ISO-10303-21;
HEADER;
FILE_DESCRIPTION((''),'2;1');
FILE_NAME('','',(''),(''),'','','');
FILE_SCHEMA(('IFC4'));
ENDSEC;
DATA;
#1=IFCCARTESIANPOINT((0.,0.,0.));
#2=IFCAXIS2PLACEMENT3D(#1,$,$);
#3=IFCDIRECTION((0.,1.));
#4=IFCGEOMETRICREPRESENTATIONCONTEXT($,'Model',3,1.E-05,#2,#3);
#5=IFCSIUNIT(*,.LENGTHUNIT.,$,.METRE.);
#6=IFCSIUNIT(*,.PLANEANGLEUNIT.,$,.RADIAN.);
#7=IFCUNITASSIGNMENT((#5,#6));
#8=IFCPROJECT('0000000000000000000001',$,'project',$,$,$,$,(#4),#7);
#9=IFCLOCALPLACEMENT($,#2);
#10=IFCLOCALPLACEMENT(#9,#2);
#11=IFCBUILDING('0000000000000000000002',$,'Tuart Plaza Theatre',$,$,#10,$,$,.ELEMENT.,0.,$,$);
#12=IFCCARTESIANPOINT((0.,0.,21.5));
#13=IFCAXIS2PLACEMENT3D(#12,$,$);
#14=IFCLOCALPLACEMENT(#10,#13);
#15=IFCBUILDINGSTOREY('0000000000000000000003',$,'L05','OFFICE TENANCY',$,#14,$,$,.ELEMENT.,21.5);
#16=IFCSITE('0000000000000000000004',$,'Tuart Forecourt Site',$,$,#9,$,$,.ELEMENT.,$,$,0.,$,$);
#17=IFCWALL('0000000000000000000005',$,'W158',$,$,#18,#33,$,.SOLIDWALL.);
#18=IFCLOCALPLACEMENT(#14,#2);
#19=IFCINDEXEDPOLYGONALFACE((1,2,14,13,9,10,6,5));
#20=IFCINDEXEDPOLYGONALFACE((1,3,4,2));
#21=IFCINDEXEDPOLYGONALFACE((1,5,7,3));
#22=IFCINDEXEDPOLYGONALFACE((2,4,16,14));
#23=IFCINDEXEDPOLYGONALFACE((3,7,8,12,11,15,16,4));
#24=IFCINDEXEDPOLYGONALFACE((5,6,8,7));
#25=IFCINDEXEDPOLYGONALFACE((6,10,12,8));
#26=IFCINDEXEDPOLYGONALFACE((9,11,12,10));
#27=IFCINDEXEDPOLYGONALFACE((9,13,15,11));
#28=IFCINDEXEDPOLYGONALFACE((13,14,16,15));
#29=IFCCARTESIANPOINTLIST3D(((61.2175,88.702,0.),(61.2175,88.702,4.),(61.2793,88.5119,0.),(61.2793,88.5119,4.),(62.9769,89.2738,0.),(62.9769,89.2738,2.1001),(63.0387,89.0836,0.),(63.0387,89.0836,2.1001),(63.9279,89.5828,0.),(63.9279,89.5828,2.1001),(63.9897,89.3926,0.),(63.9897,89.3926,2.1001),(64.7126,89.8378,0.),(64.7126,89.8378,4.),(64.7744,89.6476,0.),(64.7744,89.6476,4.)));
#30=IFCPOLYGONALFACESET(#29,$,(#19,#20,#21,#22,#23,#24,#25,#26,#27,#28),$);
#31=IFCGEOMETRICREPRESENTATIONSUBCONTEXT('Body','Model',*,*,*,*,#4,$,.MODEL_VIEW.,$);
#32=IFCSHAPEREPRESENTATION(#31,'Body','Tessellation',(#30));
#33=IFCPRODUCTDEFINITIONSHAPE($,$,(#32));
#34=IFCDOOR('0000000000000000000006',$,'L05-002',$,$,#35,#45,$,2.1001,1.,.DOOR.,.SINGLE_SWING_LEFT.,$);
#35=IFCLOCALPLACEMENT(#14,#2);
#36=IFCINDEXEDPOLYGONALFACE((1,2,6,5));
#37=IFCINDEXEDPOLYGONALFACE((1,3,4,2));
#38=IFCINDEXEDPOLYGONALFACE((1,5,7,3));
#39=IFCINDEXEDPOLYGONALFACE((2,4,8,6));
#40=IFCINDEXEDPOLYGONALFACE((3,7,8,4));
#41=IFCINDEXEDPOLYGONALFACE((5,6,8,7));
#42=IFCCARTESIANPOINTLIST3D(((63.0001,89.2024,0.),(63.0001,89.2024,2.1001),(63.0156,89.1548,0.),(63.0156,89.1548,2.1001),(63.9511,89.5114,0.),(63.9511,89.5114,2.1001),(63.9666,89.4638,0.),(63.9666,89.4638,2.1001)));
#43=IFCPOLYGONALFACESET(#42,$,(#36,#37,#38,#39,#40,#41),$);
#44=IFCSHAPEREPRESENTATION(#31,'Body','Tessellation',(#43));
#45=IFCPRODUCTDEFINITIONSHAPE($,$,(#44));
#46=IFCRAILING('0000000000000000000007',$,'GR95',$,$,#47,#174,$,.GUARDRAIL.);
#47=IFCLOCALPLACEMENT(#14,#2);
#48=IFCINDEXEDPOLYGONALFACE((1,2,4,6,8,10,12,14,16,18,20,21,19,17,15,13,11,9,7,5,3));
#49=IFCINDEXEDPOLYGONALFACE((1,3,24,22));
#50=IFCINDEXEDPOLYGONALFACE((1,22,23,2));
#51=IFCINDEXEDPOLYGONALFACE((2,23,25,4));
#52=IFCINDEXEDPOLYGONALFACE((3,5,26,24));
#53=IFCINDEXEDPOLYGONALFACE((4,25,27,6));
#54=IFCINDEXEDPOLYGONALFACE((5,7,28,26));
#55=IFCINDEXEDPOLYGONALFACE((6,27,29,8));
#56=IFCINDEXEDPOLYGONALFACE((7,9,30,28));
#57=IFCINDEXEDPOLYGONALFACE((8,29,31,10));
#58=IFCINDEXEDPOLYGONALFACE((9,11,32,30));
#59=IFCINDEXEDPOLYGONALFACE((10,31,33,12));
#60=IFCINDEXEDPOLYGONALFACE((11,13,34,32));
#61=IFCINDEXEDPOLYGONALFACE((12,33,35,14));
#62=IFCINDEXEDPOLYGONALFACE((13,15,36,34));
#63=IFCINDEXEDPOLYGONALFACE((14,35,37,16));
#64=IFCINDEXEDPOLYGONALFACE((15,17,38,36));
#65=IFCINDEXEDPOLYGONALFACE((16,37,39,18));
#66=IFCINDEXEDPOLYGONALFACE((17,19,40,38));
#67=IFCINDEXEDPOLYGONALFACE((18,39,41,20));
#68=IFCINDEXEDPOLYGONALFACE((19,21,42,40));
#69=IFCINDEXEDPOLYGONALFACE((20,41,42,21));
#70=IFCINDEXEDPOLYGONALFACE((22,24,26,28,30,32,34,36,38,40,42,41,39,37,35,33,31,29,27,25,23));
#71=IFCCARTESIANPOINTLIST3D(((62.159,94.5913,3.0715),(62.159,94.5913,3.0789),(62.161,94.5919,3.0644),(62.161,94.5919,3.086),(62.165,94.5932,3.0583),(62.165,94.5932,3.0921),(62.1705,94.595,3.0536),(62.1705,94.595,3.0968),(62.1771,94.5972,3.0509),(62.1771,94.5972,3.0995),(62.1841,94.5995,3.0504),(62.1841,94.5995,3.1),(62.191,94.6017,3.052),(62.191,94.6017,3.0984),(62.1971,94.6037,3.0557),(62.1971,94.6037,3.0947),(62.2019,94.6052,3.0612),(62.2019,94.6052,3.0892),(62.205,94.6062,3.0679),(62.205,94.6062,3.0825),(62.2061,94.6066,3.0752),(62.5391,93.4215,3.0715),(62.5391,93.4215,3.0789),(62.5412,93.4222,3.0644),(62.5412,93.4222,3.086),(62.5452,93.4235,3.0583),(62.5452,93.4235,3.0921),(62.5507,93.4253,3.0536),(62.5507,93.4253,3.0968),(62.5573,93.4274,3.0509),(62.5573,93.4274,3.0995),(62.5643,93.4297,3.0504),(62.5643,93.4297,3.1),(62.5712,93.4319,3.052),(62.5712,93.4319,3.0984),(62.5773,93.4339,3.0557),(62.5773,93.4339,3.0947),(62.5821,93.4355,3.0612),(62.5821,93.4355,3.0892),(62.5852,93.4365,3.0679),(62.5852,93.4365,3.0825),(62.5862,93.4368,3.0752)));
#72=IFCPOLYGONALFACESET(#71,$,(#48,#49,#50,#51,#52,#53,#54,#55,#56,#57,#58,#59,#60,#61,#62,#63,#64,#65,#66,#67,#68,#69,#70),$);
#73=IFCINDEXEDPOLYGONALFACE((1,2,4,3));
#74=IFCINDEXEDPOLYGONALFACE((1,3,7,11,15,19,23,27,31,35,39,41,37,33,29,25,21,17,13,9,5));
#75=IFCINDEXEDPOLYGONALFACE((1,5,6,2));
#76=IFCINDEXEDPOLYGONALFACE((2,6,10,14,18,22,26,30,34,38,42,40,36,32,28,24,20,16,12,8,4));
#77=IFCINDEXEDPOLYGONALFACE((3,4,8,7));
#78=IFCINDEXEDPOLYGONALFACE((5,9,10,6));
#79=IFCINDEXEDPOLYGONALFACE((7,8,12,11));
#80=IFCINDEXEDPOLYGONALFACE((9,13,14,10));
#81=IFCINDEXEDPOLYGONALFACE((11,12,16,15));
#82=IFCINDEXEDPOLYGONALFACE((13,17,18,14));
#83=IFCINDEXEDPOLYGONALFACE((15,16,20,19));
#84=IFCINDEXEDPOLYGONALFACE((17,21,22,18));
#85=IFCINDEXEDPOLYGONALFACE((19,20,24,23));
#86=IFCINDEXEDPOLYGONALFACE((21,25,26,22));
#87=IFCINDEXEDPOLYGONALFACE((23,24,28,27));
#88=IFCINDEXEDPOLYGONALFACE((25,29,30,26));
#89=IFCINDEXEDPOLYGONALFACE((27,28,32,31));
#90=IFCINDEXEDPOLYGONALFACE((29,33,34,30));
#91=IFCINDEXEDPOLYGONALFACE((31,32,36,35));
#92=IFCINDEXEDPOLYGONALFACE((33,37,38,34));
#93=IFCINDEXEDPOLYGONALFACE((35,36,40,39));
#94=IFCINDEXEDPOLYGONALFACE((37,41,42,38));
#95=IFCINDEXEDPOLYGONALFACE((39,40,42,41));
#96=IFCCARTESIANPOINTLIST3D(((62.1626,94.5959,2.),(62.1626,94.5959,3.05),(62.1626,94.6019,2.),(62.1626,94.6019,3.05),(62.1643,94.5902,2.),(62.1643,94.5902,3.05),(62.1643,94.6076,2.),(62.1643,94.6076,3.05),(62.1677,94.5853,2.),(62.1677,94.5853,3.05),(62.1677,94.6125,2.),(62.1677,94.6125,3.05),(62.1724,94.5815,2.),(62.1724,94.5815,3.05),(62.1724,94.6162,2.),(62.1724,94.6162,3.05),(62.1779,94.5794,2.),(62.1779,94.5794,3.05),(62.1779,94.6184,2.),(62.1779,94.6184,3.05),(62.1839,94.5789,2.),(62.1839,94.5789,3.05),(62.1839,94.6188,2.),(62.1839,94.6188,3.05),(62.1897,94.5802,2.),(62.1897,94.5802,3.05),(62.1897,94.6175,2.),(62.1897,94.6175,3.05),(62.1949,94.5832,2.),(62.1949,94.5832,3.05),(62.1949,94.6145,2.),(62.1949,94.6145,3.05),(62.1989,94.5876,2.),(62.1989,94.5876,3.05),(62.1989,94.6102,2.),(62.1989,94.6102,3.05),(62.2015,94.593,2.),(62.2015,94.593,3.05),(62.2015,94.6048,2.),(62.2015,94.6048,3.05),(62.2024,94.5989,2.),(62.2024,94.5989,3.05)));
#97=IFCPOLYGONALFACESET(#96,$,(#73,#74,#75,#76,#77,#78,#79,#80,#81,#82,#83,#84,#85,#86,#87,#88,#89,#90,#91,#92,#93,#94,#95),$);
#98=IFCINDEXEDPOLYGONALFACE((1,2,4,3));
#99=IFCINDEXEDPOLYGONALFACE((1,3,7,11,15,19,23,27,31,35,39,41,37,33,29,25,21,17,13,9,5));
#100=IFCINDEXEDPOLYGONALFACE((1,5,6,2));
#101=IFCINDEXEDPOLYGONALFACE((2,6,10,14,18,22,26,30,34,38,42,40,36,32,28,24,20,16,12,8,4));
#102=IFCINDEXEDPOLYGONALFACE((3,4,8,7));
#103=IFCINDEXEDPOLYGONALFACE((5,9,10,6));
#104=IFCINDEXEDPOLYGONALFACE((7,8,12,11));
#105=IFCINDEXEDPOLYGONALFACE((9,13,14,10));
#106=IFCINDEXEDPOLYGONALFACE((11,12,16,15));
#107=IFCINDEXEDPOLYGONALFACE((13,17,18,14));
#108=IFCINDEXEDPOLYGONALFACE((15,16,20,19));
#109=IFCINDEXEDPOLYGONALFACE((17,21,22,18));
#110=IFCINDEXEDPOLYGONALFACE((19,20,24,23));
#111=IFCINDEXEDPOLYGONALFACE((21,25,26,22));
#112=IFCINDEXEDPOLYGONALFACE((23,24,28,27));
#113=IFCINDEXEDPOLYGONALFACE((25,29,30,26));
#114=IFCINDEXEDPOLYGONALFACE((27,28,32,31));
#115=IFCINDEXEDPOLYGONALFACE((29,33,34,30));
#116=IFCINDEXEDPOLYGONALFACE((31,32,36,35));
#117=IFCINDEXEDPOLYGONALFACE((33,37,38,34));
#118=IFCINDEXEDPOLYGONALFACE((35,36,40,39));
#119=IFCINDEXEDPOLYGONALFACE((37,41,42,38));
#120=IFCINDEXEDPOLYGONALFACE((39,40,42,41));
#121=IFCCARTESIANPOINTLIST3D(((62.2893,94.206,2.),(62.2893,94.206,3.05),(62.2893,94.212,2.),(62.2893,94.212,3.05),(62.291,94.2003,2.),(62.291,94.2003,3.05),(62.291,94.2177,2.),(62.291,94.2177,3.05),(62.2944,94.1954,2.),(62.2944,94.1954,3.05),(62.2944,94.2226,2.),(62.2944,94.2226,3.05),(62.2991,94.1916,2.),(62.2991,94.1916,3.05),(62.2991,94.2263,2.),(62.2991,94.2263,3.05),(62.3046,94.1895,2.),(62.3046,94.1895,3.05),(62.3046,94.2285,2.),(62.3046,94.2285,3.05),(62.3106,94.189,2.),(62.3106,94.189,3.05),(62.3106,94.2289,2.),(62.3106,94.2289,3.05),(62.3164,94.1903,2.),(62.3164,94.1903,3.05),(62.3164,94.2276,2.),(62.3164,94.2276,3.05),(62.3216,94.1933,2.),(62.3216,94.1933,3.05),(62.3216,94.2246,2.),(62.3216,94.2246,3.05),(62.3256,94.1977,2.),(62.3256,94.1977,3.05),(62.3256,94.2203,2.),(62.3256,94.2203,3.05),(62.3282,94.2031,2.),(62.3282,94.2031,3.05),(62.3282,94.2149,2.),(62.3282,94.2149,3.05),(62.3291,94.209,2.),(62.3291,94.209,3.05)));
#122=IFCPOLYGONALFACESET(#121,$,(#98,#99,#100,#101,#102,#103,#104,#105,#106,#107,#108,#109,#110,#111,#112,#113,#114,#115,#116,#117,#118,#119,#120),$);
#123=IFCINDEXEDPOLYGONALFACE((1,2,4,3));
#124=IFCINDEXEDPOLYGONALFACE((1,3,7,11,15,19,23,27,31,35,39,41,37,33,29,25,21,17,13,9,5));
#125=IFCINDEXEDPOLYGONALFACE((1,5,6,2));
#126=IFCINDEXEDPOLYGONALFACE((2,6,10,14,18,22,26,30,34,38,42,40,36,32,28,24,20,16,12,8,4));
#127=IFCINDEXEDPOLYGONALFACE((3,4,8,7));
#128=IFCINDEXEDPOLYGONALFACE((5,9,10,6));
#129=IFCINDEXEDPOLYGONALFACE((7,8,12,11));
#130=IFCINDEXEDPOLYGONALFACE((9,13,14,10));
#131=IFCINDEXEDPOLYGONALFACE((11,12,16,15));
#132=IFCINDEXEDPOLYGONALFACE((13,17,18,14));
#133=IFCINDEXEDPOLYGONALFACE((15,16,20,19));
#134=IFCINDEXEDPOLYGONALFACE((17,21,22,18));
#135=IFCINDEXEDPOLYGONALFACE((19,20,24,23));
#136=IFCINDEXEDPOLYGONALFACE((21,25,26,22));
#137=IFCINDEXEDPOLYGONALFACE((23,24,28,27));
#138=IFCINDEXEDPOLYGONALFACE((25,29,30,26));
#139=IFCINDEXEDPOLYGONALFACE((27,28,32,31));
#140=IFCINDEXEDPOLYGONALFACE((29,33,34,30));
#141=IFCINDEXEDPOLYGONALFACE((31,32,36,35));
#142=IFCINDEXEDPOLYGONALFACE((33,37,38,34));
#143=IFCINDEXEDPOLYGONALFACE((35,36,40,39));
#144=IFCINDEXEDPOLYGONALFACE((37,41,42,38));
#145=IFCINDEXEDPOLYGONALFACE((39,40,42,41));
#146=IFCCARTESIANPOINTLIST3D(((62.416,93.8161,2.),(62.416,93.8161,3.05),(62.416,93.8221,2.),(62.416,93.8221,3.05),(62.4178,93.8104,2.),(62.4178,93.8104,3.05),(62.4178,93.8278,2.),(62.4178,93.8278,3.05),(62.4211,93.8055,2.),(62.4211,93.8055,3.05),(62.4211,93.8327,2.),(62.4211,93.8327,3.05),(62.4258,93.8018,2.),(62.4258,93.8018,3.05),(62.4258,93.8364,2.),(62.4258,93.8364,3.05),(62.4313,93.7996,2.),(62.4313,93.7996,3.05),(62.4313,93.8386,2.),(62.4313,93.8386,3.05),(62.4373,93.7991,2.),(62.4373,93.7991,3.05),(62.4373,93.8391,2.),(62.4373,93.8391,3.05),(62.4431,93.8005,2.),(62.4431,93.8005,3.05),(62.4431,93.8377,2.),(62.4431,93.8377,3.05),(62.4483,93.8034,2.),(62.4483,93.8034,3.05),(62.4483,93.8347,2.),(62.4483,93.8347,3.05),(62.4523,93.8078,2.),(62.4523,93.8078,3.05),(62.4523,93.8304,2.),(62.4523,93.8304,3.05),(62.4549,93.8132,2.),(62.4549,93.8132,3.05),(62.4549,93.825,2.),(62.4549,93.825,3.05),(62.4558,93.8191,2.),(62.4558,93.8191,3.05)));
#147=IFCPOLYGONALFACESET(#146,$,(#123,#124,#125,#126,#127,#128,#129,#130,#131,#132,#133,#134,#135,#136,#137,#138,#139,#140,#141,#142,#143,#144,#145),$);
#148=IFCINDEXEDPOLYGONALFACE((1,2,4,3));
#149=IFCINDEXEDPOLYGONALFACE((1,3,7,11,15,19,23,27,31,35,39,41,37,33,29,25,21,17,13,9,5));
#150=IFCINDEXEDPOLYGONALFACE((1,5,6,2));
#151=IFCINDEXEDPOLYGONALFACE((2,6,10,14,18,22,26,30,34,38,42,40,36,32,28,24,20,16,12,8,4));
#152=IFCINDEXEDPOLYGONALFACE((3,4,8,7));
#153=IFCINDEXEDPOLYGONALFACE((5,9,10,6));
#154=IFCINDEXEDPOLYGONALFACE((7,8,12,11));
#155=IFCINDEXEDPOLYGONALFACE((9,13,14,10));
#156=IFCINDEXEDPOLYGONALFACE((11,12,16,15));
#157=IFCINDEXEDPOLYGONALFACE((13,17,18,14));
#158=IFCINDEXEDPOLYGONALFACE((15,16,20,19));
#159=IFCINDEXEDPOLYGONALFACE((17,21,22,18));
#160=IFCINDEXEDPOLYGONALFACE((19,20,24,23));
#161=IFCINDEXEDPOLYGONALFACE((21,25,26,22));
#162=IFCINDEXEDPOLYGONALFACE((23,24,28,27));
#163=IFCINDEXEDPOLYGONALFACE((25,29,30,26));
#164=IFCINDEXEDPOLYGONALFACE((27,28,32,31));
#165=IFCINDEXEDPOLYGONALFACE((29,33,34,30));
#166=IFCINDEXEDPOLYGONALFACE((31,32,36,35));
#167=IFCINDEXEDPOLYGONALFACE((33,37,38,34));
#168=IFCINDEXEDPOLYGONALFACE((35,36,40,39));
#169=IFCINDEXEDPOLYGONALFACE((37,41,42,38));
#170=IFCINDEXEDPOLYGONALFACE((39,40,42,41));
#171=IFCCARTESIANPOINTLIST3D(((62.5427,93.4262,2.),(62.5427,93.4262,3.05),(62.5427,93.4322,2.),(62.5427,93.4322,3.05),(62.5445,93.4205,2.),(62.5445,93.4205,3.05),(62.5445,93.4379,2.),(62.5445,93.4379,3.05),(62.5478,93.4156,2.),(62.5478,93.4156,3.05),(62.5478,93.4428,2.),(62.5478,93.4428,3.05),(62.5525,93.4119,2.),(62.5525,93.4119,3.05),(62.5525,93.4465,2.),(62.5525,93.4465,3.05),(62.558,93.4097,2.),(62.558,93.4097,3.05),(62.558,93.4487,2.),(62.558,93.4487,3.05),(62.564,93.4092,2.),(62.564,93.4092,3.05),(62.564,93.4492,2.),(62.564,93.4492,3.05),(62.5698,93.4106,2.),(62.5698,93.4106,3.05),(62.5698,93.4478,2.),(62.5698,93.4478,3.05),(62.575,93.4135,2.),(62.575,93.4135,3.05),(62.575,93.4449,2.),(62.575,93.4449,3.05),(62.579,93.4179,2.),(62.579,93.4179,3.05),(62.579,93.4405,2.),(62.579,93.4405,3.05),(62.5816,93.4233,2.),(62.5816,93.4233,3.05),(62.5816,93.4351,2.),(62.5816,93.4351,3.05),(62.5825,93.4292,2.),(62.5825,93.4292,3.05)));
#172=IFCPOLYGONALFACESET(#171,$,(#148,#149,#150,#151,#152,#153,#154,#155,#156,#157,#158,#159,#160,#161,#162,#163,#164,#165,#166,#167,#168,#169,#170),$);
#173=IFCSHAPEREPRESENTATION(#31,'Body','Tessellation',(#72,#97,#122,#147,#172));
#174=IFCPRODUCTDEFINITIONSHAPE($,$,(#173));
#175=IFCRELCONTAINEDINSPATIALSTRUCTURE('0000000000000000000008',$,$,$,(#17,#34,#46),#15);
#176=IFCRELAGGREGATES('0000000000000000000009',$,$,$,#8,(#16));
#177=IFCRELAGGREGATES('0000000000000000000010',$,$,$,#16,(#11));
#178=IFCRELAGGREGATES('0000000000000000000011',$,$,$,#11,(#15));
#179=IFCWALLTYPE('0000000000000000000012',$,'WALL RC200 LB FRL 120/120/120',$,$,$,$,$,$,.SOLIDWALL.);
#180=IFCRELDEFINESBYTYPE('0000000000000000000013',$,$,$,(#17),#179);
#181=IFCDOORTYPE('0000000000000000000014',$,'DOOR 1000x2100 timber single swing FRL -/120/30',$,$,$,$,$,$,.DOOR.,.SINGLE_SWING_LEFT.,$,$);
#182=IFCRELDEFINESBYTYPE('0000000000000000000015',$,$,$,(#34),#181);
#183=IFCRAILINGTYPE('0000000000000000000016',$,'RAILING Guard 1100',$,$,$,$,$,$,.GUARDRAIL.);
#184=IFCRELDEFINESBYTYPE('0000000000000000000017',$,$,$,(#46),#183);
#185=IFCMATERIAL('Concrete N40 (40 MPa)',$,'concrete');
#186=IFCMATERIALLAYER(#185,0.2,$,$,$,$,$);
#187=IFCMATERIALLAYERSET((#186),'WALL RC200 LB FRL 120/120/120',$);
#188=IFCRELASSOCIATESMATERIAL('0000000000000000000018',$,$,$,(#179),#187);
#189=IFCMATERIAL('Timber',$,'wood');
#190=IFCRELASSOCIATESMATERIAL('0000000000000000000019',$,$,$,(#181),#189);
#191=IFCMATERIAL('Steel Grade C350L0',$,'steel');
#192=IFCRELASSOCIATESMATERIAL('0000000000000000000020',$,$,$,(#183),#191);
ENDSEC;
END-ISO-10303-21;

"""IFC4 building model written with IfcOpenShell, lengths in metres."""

from ifc_helpers import new_model, si_unit, direction, frame, frame_2d, origin, origin_2d, place, context, subcontext, project, spatial, rectangle, circle, extrude, material, layer, layer_set, type_object, element, fill, save


model = new_model("IFC4")

# Units and contexts
model_context = context("Model", 3, precision=1e-05, world=origin(), true_north=direction((0.0, 1.0)))
body_context = subcontext(model_context, "Body", "Model", "MODEL_VIEW")
ifc_project = project(units=[si_unit("LENGTHUNIT", "METRE"), si_unit("PLANEANGLEUNIT", "RADIAN")], contexts=[model_context])

# Site, building, storey
site_placement = place(None, origin())
site = spatial("IfcSite", under=ifc_project, at=site_placement, Name="Tuart Forecourt Site", CompositionType="ELEMENT", RefElevation=0.0)
building_placement = place(site_placement, origin())
building = spatial("IfcBuilding", under=site, at=building_placement, Name="Tuart Plaza Theatre", CompositionType="ELEMENT", ElevationOfRefHeight=0.0)
storey_placement = place(building_placement, frame((0.0, 0.0, 21.5)))
storey = spatial("IfcBuildingStorey", under=building, at=storey_placement, Name="L05", Description="OFFICE TENANCY", CompositionType="ELEMENT", Elevation=21.5)

# Wall, opening, door
ifc_material_1 = material(Name="Concrete N40 (40 MPa)", Category="concrete")
ifc_layer = layer(ifc_material_1, 0.2)
ifc_layer_set = layer_set([ifc_layer], Name="WALL RC200 LB FRL 120/120/120")
wall_type = type_object("IfcWallType", Name="WALL RC200 LB FRL 120/120/120", PredefinedType="SOLIDWALL", material=ifc_layer_set)
wall_placement = place(storey_placement, frame((64.7434, 89.7427, 0.0), z_axis=(0.0, 0.0, 1.0), x_axis=(-0.951048, -0.309044, 0.0)))
wall = element("IfcWall", 1, at=wall_placement, inside=storey, type_object=wall_type, Name="W158", PredefinedType="SOLIDWALL", context=body_context, shape_type="SweptSolid", body=[
    extrude(rectangle(XDim=3.675, YDim=0.2, at=frame_2d((1.8374, 0.0))), origin(), (0.0, 0.0, 1.0), 4.0),
])
opening_placement = place(wall_placement, frame((0.825, 0.0, 0.0)))
opening = element("IfcOpeningElement", 2, at=opening_placement, cuts=wall, PredefinedType="OPENING", context=body_context, shape_type="SweptSolid", body=[
    extrude(rectangle(XDim=1.0, YDim=2.1001, at=frame_2d((0.5, 1.05))), frame((0.0, 0.1099, 0.0), z_axis=(0.0, -1.0, 0.0), x_axis=(1.0, 0.0, 0.0)), (0.0, 0.0, 1.0), 0.22),
])
ifc_material_2 = material(Name="Timber", Category="wood")
door_type = type_object("IfcDoorType", Name="DOOR 1000x2100 timber single swing FRL -/120/30", OperationType="SINGLE_SWING_LEFT", PredefinedType="DOOR", material=ifc_material_2)
door_placement = place(opening_placement, frame((1.0, 0.0, 0.0), z_axis=(0.0, 0.0, 1.0), x_axis=(-1.0, 0.0, 0.0)))
door = element("IfcDoor", 3, at=door_placement, inside=storey, type_object=door_type, Name="L05-002", OperationType="SINGLE_SWING_LEFT", OverallHeight=2.1001, OverallWidth=1.0, PredefinedType="DOOR", context=body_context, shape_type="SweptSolid", body=[
    extrude(rectangle(XDim=1.0, YDim=2.1001, at=frame_2d((0.5, 1.05))), frame((0.0, 0.0249, 0.0), z_axis=(0.0, -1.0, 0.0), x_axis=(1.0, 0.0, 0.0)), (0.0, 0.0, 1.0), 0.05),
])
fill(opening, door)

# Railing
ifc_material_3 = material(Name="Steel Grade C350L0", Category="steel")
railing_type_1 = type_object("IfcRailingType", Name="RAILING Guard 1100", PredefinedType="GUARDRAIL", material=ifc_material_3)
railing_1_placement = place(storey_placement, frame((62.1824, 94.5989, 2.0)))
element("IfcRailing", 4, at=railing_1_placement, inside=storey, type_object=railing_type_1, Name="GR95", PredefinedType="GUARDRAIL", context=body_context, shape_type="SweptSolid", body=[
    extrude(circle(Radius=0.0249, at=origin_2d()), frame((0.0, 0.0, 1.0752), z_axis=(0.309073, -0.951038, 0.0), x_axis=(0.951038, 0.309073, 0.0)), (0.0, 0.0, 1.0), 1.23),
    extrude(circle(Radius=0.02, at=origin_2d()), origin(), (0.0, 0.0, 1.0), 1.05),
    extrude(circle(Radius=0.02, at=origin_2d()), frame((0.1267, -0.3899, 0.0)), (0.0, 0.0, 1.0), 1.05),
    extrude(circle(Radius=0.02, at=origin_2d()), frame((0.2534, -0.7798, 0.0)), (0.0, 0.0, 1.0), 1.05),
    extrude(circle(Radius=0.02, at=origin_2d()), frame((0.3801, -1.1697, 0.0)), (0.0, 0.0, 1.0), 1.05),
])

save(model, "model.ifc")
